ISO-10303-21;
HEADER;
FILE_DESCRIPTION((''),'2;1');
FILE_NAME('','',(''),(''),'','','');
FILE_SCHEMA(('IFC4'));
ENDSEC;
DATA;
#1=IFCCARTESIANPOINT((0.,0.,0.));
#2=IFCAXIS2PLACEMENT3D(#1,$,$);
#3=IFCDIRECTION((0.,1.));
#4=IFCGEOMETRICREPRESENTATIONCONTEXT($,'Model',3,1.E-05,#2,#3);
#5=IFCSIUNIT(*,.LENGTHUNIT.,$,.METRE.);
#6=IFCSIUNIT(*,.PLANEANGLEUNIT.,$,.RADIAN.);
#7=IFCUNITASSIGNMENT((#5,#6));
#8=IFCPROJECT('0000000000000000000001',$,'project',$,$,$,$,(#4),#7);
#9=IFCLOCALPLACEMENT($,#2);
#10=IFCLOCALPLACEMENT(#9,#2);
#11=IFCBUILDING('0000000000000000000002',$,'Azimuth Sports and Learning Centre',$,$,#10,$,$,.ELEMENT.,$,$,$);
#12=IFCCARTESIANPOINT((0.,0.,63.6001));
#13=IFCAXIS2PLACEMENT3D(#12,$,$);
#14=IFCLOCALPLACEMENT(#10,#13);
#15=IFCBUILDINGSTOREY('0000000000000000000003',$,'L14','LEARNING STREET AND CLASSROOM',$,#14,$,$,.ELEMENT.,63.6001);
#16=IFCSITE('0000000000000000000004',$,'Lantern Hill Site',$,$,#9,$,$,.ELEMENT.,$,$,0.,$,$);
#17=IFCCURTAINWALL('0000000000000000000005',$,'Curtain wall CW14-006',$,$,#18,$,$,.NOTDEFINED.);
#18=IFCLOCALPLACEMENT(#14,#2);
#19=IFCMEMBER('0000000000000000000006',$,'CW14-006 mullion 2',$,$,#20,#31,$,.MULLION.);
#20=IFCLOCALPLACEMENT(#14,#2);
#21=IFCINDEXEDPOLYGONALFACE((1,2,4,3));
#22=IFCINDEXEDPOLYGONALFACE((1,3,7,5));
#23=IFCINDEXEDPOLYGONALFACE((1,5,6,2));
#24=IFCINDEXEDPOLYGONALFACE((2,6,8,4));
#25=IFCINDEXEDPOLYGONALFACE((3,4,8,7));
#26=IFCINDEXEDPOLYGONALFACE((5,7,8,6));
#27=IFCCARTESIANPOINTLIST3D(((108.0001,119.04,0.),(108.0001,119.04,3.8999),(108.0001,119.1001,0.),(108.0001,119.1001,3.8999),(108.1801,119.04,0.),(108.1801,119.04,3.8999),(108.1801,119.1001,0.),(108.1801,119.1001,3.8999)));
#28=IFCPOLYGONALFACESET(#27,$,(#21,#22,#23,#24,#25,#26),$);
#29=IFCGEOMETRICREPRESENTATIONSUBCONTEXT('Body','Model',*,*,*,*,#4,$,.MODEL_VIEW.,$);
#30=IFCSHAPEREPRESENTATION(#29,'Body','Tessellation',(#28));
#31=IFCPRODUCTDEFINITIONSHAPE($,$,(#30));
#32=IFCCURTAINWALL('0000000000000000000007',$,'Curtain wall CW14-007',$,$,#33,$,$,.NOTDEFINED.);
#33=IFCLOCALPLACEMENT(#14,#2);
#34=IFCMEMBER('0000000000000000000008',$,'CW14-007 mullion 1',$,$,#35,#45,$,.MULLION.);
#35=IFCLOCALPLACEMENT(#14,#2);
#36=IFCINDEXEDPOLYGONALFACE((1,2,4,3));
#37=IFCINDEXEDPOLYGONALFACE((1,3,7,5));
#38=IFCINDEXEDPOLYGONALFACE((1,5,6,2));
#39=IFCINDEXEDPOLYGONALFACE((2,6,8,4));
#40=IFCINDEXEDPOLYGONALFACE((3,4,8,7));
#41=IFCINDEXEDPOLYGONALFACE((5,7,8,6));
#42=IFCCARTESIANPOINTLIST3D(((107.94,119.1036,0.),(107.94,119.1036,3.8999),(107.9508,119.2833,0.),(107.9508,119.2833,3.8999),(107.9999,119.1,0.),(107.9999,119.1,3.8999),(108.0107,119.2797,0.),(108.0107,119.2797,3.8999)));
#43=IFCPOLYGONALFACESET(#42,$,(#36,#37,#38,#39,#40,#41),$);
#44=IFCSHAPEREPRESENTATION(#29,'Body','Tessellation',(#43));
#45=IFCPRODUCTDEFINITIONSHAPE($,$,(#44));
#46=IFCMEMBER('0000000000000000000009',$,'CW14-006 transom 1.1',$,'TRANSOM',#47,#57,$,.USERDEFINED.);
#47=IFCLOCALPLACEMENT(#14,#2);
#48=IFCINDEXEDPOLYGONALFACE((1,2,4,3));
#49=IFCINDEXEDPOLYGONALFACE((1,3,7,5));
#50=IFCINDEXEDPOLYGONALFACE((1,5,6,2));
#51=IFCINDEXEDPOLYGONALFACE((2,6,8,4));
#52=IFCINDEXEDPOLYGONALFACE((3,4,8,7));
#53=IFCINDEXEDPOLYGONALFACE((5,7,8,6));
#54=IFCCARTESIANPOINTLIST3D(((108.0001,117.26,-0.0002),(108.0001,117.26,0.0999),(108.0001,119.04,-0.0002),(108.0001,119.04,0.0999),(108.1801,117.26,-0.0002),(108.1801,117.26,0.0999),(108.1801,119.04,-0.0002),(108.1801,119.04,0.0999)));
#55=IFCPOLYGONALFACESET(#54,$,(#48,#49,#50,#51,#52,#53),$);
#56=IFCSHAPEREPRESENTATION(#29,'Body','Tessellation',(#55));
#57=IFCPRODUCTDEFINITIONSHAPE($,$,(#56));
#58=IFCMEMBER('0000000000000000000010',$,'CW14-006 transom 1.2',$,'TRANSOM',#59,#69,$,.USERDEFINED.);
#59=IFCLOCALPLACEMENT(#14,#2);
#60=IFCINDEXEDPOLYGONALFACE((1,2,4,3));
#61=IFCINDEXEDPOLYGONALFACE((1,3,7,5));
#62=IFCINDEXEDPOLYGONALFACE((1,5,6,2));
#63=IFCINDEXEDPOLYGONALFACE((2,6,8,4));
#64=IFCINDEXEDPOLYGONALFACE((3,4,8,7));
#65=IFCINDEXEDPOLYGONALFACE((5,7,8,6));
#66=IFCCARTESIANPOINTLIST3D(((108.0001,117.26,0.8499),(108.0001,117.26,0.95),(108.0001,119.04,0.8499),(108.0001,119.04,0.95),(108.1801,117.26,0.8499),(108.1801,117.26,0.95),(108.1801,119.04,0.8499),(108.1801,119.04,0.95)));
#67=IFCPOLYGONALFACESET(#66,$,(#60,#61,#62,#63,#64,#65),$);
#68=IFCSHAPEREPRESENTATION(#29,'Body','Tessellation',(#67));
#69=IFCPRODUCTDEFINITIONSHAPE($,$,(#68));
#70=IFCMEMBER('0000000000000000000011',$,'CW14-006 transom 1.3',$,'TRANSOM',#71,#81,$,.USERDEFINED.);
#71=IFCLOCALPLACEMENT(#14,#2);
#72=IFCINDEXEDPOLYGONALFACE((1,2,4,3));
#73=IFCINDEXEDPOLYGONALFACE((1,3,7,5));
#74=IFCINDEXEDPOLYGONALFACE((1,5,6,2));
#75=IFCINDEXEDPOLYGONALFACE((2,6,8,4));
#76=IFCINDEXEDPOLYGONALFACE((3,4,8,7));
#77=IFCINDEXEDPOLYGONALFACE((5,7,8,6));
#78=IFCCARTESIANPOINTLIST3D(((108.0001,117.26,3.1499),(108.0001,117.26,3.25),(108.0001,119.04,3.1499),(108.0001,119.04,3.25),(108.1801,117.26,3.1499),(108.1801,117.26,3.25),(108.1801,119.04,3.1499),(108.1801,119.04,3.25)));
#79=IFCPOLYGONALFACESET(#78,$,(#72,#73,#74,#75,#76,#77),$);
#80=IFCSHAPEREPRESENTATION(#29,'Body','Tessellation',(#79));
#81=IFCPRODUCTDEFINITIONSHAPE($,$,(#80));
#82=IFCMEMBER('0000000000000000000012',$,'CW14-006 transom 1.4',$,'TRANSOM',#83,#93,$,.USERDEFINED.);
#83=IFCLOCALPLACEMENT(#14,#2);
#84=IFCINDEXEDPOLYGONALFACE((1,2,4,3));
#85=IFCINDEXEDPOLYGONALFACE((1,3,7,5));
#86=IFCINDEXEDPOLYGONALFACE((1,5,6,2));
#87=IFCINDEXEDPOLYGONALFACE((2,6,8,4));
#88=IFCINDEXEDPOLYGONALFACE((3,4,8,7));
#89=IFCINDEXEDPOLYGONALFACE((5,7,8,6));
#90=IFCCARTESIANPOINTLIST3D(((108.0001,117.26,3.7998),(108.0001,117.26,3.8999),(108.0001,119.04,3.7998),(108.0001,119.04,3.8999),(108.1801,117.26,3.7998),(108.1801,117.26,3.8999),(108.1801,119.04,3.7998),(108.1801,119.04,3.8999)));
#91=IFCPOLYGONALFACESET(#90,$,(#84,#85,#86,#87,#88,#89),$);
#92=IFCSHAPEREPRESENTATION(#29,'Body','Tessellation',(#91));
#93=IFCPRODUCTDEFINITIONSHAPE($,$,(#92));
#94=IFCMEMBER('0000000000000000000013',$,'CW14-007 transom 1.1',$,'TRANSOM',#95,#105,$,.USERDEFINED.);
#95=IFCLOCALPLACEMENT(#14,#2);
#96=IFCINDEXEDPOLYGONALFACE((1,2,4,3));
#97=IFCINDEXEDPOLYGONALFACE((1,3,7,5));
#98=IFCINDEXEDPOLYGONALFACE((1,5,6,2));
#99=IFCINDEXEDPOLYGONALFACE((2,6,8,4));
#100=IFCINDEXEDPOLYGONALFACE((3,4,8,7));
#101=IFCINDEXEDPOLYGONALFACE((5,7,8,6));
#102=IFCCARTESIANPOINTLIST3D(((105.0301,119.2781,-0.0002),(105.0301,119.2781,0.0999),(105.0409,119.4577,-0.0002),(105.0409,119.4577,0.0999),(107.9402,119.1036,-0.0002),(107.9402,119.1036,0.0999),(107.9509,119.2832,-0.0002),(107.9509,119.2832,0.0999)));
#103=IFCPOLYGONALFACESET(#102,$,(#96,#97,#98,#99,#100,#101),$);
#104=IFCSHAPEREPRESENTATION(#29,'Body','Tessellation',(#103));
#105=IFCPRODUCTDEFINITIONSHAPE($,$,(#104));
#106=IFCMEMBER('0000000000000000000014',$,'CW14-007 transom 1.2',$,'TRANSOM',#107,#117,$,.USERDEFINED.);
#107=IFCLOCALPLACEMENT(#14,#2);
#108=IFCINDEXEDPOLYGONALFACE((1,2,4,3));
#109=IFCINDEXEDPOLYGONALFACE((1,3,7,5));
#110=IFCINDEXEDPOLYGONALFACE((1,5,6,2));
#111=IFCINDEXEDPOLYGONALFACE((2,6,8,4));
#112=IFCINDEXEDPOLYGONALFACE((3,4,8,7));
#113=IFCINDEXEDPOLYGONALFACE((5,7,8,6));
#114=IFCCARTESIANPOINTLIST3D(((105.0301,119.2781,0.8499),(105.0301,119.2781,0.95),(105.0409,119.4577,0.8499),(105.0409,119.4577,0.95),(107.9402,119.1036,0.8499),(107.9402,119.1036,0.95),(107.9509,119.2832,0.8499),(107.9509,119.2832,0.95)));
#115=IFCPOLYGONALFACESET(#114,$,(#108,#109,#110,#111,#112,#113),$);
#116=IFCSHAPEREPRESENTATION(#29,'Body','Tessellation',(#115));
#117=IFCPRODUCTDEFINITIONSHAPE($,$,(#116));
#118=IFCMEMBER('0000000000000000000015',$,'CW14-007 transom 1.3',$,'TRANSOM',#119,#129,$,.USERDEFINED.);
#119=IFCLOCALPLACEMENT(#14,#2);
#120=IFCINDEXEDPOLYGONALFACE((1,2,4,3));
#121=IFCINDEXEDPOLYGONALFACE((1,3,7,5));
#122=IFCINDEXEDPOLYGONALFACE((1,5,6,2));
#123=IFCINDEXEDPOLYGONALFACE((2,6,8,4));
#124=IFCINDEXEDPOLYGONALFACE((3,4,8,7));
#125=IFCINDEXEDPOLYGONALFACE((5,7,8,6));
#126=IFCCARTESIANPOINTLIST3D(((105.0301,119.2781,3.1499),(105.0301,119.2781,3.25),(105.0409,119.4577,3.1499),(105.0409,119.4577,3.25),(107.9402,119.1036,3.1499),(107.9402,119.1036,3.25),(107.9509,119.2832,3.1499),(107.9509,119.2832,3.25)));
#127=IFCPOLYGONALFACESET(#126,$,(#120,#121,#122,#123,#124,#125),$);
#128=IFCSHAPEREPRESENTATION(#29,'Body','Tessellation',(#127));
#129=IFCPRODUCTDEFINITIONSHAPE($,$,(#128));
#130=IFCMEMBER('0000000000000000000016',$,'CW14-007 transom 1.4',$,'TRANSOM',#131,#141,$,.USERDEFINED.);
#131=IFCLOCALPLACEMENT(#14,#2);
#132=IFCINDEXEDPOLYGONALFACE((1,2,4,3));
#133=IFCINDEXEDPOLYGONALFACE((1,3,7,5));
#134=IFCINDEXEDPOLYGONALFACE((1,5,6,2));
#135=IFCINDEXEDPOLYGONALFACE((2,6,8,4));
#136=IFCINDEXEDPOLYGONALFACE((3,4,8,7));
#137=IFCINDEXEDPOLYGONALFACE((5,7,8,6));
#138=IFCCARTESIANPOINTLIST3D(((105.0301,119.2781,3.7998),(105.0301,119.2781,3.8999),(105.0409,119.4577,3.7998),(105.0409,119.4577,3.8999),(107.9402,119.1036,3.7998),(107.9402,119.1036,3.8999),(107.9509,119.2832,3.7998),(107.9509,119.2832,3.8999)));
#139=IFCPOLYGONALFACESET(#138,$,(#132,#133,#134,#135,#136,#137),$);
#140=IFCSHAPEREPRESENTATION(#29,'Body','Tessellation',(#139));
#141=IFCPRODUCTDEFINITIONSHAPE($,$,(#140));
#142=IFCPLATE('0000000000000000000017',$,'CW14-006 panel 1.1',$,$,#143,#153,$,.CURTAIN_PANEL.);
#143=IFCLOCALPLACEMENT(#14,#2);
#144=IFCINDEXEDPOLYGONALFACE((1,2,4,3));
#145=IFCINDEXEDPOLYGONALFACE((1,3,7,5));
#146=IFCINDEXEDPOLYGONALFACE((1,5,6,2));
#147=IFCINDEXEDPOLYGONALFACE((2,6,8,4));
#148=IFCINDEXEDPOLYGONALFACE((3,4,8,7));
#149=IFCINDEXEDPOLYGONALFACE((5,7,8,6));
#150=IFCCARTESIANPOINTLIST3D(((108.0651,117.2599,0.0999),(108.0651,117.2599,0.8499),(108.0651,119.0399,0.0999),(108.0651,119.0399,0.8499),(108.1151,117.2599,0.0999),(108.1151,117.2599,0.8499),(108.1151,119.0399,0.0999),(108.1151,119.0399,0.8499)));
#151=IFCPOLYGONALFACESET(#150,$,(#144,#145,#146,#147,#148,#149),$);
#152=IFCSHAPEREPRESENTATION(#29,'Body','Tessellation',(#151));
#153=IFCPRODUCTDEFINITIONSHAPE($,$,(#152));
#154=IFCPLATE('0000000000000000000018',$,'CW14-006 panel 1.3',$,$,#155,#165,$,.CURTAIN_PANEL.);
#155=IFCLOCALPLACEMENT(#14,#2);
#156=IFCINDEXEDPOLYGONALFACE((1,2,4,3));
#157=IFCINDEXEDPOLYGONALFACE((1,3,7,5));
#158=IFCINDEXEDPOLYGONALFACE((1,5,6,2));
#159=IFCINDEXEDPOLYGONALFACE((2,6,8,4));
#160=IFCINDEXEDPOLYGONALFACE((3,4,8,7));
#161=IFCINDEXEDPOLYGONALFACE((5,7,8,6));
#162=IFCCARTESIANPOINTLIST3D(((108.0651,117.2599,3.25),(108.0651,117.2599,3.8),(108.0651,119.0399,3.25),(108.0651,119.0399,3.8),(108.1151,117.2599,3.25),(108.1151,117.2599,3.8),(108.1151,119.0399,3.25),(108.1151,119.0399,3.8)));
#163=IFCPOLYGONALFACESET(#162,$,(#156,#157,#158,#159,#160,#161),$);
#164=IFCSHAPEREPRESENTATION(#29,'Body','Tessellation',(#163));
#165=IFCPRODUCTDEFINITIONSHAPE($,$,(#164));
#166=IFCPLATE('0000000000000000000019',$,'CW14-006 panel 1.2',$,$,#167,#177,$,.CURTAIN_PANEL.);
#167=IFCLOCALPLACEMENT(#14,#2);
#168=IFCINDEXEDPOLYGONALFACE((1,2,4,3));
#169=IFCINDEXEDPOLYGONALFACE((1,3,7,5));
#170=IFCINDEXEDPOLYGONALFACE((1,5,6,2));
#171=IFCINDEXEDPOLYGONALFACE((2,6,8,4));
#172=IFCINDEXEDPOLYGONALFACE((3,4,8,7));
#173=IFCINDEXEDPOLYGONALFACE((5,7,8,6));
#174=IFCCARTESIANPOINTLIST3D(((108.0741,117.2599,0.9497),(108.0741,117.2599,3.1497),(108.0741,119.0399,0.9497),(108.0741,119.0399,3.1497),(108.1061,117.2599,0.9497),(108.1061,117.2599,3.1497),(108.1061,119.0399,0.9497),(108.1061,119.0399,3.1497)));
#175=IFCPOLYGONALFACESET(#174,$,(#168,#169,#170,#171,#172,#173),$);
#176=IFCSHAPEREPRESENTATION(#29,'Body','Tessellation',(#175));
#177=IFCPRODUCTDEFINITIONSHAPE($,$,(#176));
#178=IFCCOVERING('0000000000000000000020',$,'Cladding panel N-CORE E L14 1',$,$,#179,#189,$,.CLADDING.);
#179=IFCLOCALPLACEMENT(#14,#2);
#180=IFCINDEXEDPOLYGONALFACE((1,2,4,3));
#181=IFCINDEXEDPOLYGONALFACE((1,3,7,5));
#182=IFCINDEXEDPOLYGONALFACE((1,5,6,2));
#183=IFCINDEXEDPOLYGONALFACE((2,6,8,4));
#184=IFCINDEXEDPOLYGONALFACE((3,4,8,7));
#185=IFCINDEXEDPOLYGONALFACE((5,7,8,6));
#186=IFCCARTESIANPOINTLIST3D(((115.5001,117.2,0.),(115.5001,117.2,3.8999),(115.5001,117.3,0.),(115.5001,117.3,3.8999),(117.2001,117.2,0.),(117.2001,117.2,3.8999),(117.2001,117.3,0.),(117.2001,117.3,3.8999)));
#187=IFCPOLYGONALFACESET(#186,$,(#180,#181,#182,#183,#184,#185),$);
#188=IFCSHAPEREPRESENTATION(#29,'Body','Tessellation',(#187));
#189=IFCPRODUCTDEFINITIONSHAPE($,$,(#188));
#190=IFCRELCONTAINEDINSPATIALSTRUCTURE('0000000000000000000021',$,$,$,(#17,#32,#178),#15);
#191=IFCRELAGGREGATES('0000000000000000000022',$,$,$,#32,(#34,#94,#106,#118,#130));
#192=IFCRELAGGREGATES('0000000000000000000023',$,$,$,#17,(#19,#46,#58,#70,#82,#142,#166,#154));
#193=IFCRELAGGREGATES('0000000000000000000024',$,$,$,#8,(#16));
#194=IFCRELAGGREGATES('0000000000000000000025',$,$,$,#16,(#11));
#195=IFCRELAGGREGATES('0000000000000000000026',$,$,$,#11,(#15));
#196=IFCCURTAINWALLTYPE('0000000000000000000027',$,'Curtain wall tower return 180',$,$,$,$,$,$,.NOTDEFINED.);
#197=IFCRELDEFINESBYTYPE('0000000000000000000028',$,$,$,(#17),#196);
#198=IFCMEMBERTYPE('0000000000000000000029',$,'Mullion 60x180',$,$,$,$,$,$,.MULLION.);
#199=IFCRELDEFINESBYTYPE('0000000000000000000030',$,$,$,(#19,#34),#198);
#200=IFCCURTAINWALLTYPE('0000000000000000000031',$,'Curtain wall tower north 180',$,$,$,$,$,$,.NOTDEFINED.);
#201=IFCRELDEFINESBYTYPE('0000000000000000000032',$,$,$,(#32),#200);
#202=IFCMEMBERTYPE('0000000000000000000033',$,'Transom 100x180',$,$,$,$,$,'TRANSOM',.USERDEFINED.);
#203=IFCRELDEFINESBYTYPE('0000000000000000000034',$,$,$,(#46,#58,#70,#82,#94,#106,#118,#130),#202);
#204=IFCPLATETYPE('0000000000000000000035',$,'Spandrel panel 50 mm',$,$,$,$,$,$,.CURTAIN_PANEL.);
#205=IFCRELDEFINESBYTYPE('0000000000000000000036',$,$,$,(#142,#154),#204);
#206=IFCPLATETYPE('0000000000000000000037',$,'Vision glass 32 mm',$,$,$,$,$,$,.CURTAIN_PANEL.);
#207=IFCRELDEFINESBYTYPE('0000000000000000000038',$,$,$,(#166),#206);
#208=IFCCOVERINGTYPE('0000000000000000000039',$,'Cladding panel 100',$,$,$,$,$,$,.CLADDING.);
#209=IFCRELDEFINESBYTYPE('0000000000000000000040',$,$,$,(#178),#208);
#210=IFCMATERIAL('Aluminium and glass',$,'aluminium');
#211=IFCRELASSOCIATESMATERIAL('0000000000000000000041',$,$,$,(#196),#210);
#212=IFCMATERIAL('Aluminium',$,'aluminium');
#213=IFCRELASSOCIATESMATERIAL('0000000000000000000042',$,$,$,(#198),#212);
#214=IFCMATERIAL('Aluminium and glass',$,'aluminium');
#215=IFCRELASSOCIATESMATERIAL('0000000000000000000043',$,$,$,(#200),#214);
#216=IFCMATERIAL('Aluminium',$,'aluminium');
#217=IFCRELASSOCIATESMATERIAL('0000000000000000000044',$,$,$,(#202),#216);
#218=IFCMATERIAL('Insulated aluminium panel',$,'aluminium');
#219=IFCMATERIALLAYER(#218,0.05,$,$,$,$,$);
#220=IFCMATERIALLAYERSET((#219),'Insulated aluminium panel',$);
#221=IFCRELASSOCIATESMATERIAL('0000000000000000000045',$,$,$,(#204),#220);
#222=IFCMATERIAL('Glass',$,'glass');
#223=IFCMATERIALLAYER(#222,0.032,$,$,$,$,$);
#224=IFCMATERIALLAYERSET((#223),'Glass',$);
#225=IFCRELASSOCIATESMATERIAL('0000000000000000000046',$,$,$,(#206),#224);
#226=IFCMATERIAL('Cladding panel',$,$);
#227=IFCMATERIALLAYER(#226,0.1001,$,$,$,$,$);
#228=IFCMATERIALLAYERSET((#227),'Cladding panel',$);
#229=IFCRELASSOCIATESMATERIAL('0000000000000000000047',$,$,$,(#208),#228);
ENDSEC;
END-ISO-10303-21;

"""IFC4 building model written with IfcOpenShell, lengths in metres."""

from ifc_helpers import new_model, si_unit, direction, frame, origin, origin_2d, place, context, subcontext, project, spatial, rectangle, extrude, material, layer, layer_set, material_profile, profile_set, type_object, element, aggregate, save


model = new_model("IFC4")

# Units and contexts
model_context = context("Model", 3, precision=1e-05, world=origin(), true_north=direction((0.0, 1.0)))
body_context = subcontext(model_context, "Body", "Model", "MODEL_VIEW")
ifc_project = project(units=[si_unit("LENGTHUNIT", "METRE"), si_unit("PLANEANGLEUNIT", "RADIAN")], contexts=[model_context])

# Site, building, storey
site_placement = place(None, origin())
site = spatial("IfcSite", under=ifc_project, at=site_placement, Name="Lantern Hill Site", CompositionType="ELEMENT", RefElevation=0.0)
building_placement = place(site_placement, origin())
building = spatial("IfcBuilding", under=site, at=building_placement, Name="Azimuth Sports and Learning Centre", CompositionType="ELEMENT")
storey_placement = place(building_placement, frame((0.0, 0.0, 63.6001)))
storey = spatial("IfcBuildingStorey", under=building, at=storey_placement, Name="L14", Description="LEARNING STREET AND CLASSROOM", CompositionType="ELEMENT", Elevation=63.6001)

# Curtain walls, members
ifc_material_1 = material(Name="Aluminium and glass", Category="aluminium")
curtain_wall_type_1 = type_object("IfcCurtainWallType", Name="Curtain wall tower return 180", PredefinedType="NOTDEFINED", material=ifc_material_1)
curtain_wall_1_placement = place(storey_placement, origin())
curtain_wall_1 = element("IfcCurtainWall", 1, at=curtain_wall_1_placement, inside=storey, type_object=curtain_wall_type_1, Name="Curtain wall CW14-006", PredefinedType="NOTDEFINED")
ifc_material_2 = material(Name="Aluminium", Category="aluminium")
ifc_material_profile_1 = material_profile(ifc_material_2, rectangle(XDim=0.1799, YDim=0.0601, at=origin_2d()), Name="Mullion 60x180")
ifc_profile_set_1 = profile_set([ifc_material_profile_1], Name="Aluminium")
member_type_1 = type_object("IfcMemberType", Name="Mullion 60x180", PredefinedType="MULLION", material=ifc_profile_set_1)
member_1_placement = place(storey_placement, frame((108.0901, 119.0701, 0.0), z_axis=(0.0, 0.0, 1.0), x_axis=(-1.0, 0.0, 0.0)))
member_1 = element("IfcMember", 2, at=member_1_placement, type_object=member_type_1, Name="CW14-006 mullion 2", PredefinedType="MULLION", context=body_context, shape_type="SweptSolid", body=[
    extrude(rectangle(XDim=0.1799, YDim=0.0601, at=origin_2d()), origin(), (0.0, 0.0, 1.0), 3.8999),
])
ifc_material_3 = material(Name="Aluminium and glass", Category="aluminium")
curtain_wall_type_2 = type_object("IfcCurtainWallType", Name="Curtain wall tower north 180", PredefinedType="NOTDEFINED", material=ifc_material_3)
curtain_wall_2_placement = place(storey_placement, origin())
curtain_wall_2 = element("IfcCurtainWall", 3, at=curtain_wall_2_placement, inside=storey, type_object=curtain_wall_type_2, Name="Curtain wall CW14-007", PredefinedType="NOTDEFINED")
member_2_placement = place(storey_placement, frame((107.9753, 119.1917, 0.0), z_axis=(0.0, 0.0, 1.0), x_axis=(-0.059892, -0.998205, 0.0)))
member_2 = element("IfcMember", 4, at=member_2_placement, type_object=member_type_1, Name="CW14-007 mullion 1", PredefinedType="MULLION", context=body_context, shape_type="SweptSolid", body=[
    extrude(rectangle(XDim=0.1799, YDim=0.0601, at=origin_2d()), origin(), (0.0, 0.0, 1.0), 3.8999),
])

# Members
ifc_material_4 = material(Name="Aluminium", Category="aluminium")
ifc_material_profile_2 = material_profile(ifc_material_4, rectangle(XDim=0.1799, YDim=0.1001, at=origin_2d()), Name="Transom 100x180")
ifc_profile_set_2 = profile_set([ifc_material_profile_2], Name="Aluminium")
member_type_2 = type_object("IfcMemberType", Name="Transom 100x180", ElementType="TRANSOM", PredefinedType="USERDEFINED", material=ifc_profile_set_2)
member_3_placement = place(storey_placement, frame((108.0901, 117.26, 0.0498), z_axis=(0.0, 1.0, 0.0), x_axis=(-1.0, 0.0, 0.0)))
member_3 = element("IfcMember", 5, at=member_3_placement, type_object=member_type_2, Name="CW14-006 transom 1.1", ObjectType="TRANSOM", PredefinedType="USERDEFINED", context=body_context, shape_type="SweptSolid", body=[
    extrude(rectangle(XDim=0.1799, YDim=0.1001, at=origin_2d()), origin(), (0.0, 0.0, 1.0), 1.78),
])
member_4_placement = place(storey_placement, frame((108.0901, 117.26, 0.8999), z_axis=(0.0, 1.0, 0.0), x_axis=(-1.0, 0.0, 0.0)))
member_4 = element("IfcMember", 6, at=member_4_placement, type_object=member_type_2, Name="CW14-006 transom 1.2", ObjectType="TRANSOM", PredefinedType="USERDEFINED", context=body_context, shape_type="SweptSolid", body=[
    extrude(rectangle(XDim=0.1799, YDim=0.1001, at=origin_2d()), origin(), (0.0, 0.0, 1.0), 1.78),
])
member_5_placement = place(storey_placement, frame((108.0901, 117.26, 3.2), z_axis=(0.0, 1.0, 0.0), x_axis=(-1.0, 0.0, 0.0)))
member_5 = element("IfcMember", 7, at=member_5_placement, type_object=member_type_2, Name="CW14-006 transom 1.3", ObjectType="TRANSOM", PredefinedType="USERDEFINED", context=body_context, shape_type="SweptSolid", body=[
    extrude(rectangle(XDim=0.1799, YDim=0.1001, at=origin_2d()), origin(), (0.0, 0.0, 1.0), 1.78),
])
member_6_placement = place(storey_placement, frame((108.0901, 117.26, 3.8499), z_axis=(0.0, 1.0, 0.0), x_axis=(-1.0, 0.0, 0.0)))
member_6 = element("IfcMember", 8, at=member_6_placement, type_object=member_type_2, Name="CW14-006 transom 1.4", ObjectType="TRANSOM", PredefinedType="USERDEFINED", context=body_context, shape_type="SweptSolid", body=[
    extrude(rectangle(XDim=0.1799, YDim=0.1001, at=origin_2d()), origin(), (0.0, 0.0, 1.0), 1.78),
])
member_7_placement = place(storey_placement, frame((107.9456, 119.1934, 0.0498), z_axis=(-0.998206, 0.059876, 0.0), x_axis=(-0.059876, -0.998206, 0.0)))
member_7 = element("IfcMember", 9, at=member_7_placement, type_object=member_type_2, Name="CW14-007 transom 1.1", ObjectType="TRANSOM", PredefinedType="USERDEFINED", context=body_context, shape_type="SweptSolid", body=[
    extrude(rectangle(XDim=0.1799, YDim=0.1001, at=origin_2d()), origin(), (0.0, 0.0, 1.0), 2.9153),
])
member_8_placement = place(storey_placement, frame((107.9456, 119.1934, 0.8999), z_axis=(-0.998206, 0.059876, 0.0), x_axis=(-0.059876, -0.998206, 0.0)))
member_8 = element("IfcMember", 10, at=member_8_placement, type_object=member_type_2, Name="CW14-007 transom 1.2", ObjectType="TRANSOM", PredefinedType="USERDEFINED", context=body_context, shape_type="SweptSolid", body=[
    extrude(rectangle(XDim=0.1799, YDim=0.1001, at=origin_2d()), origin(), (0.0, 0.0, 1.0), 2.9153),
])
member_9_placement = place(storey_placement, frame((107.9456, 119.1934, 3.2), z_axis=(-0.998206, 0.059876, 0.0), x_axis=(-0.059876, -0.998206, 0.0)))
member_9 = element("IfcMember", 11, at=member_9_placement, type_object=member_type_2, Name="CW14-007 transom 1.3", ObjectType="TRANSOM", PredefinedType="USERDEFINED", context=body_context, shape_type="SweptSolid", body=[
    extrude(rectangle(XDim=0.1799, YDim=0.1001, at=origin_2d()), origin(), (0.0, 0.0, 1.0), 2.9153),
])
member_10_placement = place(storey_placement, frame((107.9456, 119.1934, 3.8499), z_axis=(-0.998206, 0.059876, 0.0), x_axis=(-0.059876, -0.998206, 0.0)))
member_10 = element("IfcMember", 12, at=member_10_placement, type_object=member_type_2, Name="CW14-007 transom 1.4", ObjectType="TRANSOM", PredefinedType="USERDEFINED", context=body_context, shape_type="SweptSolid", body=[
    extrude(rectangle(XDim=0.1799, YDim=0.1001, at=origin_2d()), origin(), (0.0, 0.0, 1.0), 2.9153),
])
aggregate(curtain_wall_2, [member_2, member_7, member_8, member_9, member_10])

# Plates
ifc_material_5 = material(Name="Insulated aluminium panel", Category="aluminium")
ifc_layer_1 = layer(ifc_material_5, 0.05)
ifc_layer_set_1 = layer_set([ifc_layer_1], Name="Insulated aluminium panel")
plate_type_1 = type_object("IfcPlateType", Name="Spandrel panel 50 mm", PredefinedType="CURTAIN_PANEL", material=ifc_layer_set_1)
plate_1_placement = place(storey_placement, frame((108.0901, 118.1499, 0.0999), z_axis=(0.0, 0.0, 1.0), x_axis=(0.0, 1.0, 0.0)))
plate_1 = element("IfcPlate", 13, at=plate_1_placement, type_object=plate_type_1, Name="CW14-006 panel 1.1", PredefinedType="CURTAIN_PANEL", context=body_context, shape_type="SweptSolid", body=[
    extrude(rectangle(XDim=1.78, YDim=0.05, at=origin_2d()), origin(), (0.0, 0.0, 1.0), 0.75),
])
plate_2_placement = place(storey_placement, frame((108.0901, 118.1499, 3.25), z_axis=(0.0, 0.0, 1.0), x_axis=(0.0, 1.0, 0.0)))
plate_2 = element("IfcPlate", 14, at=plate_2_placement, type_object=plate_type_1, Name="CW14-006 panel 1.3", PredefinedType="CURTAIN_PANEL", context=body_context, shape_type="SweptSolid", body=[
    extrude(rectangle(XDim=1.78, YDim=0.05, at=origin_2d()), origin(), (0.0, 0.0, 1.0), 0.55),
])
ifc_material_6 = material(Name="Glass", Category="glass")
ifc_layer_2 = layer(ifc_material_6, 0.032)
ifc_layer_set_2 = layer_set([ifc_layer_2], Name="Glass")
plate_type_2 = type_object("IfcPlateType", Name="Vision glass 32 mm", PredefinedType="CURTAIN_PANEL", material=ifc_layer_set_2)
plate_3_placement = place(storey_placement, frame((108.0901, 118.1499, 0.9497), z_axis=(0.0, 0.0, 1.0), x_axis=(0.0, 1.0, 0.0)))
plate_3 = element("IfcPlate", 15, at=plate_3_placement, type_object=plate_type_2, Name="CW14-006 panel 1.2", PredefinedType="CURTAIN_PANEL", context=body_context, shape_type="SweptSolid", body=[
    extrude(rectangle(XDim=1.78, YDim=0.032, at=origin_2d()), origin(), (0.0, 0.0, 1.0), 2.2),
])
aggregate(curtain_wall_1, [member_1, member_3, member_4, member_5, member_6, plate_1, plate_3, plate_2])

# Covering
ifc_material_7 = material(Name="Cladding panel")
ifc_layer_3 = layer(ifc_material_7, 0.1001)
ifc_layer_set_3 = layer_set([ifc_layer_3], Name="Cladding panel")
covering_type = type_object("IfcCoveringType", Name="Cladding panel 100", PredefinedType="CLADDING", material=ifc_layer_set_3)
covering_1_placement = place(storey_placement, frame((116.3501, 117.25, 0.0), z_axis=(0.0, 0.0, 1.0), x_axis=(-1.0, 0.0, 0.0)))
element("IfcCovering", 16, at=covering_1_placement, inside=storey, type_object=covering_type, Name="Cladding panel N-CORE E L14 1", PredefinedType="CLADDING", context=body_context, shape_type="SweptSolid", body=[
    extrude(rectangle(XDim=1.7, YDim=0.1001, at=origin_2d()), origin(), (0.0, 0.0, 1.0), 3.8999),
])

save(model, "model.ifc")
